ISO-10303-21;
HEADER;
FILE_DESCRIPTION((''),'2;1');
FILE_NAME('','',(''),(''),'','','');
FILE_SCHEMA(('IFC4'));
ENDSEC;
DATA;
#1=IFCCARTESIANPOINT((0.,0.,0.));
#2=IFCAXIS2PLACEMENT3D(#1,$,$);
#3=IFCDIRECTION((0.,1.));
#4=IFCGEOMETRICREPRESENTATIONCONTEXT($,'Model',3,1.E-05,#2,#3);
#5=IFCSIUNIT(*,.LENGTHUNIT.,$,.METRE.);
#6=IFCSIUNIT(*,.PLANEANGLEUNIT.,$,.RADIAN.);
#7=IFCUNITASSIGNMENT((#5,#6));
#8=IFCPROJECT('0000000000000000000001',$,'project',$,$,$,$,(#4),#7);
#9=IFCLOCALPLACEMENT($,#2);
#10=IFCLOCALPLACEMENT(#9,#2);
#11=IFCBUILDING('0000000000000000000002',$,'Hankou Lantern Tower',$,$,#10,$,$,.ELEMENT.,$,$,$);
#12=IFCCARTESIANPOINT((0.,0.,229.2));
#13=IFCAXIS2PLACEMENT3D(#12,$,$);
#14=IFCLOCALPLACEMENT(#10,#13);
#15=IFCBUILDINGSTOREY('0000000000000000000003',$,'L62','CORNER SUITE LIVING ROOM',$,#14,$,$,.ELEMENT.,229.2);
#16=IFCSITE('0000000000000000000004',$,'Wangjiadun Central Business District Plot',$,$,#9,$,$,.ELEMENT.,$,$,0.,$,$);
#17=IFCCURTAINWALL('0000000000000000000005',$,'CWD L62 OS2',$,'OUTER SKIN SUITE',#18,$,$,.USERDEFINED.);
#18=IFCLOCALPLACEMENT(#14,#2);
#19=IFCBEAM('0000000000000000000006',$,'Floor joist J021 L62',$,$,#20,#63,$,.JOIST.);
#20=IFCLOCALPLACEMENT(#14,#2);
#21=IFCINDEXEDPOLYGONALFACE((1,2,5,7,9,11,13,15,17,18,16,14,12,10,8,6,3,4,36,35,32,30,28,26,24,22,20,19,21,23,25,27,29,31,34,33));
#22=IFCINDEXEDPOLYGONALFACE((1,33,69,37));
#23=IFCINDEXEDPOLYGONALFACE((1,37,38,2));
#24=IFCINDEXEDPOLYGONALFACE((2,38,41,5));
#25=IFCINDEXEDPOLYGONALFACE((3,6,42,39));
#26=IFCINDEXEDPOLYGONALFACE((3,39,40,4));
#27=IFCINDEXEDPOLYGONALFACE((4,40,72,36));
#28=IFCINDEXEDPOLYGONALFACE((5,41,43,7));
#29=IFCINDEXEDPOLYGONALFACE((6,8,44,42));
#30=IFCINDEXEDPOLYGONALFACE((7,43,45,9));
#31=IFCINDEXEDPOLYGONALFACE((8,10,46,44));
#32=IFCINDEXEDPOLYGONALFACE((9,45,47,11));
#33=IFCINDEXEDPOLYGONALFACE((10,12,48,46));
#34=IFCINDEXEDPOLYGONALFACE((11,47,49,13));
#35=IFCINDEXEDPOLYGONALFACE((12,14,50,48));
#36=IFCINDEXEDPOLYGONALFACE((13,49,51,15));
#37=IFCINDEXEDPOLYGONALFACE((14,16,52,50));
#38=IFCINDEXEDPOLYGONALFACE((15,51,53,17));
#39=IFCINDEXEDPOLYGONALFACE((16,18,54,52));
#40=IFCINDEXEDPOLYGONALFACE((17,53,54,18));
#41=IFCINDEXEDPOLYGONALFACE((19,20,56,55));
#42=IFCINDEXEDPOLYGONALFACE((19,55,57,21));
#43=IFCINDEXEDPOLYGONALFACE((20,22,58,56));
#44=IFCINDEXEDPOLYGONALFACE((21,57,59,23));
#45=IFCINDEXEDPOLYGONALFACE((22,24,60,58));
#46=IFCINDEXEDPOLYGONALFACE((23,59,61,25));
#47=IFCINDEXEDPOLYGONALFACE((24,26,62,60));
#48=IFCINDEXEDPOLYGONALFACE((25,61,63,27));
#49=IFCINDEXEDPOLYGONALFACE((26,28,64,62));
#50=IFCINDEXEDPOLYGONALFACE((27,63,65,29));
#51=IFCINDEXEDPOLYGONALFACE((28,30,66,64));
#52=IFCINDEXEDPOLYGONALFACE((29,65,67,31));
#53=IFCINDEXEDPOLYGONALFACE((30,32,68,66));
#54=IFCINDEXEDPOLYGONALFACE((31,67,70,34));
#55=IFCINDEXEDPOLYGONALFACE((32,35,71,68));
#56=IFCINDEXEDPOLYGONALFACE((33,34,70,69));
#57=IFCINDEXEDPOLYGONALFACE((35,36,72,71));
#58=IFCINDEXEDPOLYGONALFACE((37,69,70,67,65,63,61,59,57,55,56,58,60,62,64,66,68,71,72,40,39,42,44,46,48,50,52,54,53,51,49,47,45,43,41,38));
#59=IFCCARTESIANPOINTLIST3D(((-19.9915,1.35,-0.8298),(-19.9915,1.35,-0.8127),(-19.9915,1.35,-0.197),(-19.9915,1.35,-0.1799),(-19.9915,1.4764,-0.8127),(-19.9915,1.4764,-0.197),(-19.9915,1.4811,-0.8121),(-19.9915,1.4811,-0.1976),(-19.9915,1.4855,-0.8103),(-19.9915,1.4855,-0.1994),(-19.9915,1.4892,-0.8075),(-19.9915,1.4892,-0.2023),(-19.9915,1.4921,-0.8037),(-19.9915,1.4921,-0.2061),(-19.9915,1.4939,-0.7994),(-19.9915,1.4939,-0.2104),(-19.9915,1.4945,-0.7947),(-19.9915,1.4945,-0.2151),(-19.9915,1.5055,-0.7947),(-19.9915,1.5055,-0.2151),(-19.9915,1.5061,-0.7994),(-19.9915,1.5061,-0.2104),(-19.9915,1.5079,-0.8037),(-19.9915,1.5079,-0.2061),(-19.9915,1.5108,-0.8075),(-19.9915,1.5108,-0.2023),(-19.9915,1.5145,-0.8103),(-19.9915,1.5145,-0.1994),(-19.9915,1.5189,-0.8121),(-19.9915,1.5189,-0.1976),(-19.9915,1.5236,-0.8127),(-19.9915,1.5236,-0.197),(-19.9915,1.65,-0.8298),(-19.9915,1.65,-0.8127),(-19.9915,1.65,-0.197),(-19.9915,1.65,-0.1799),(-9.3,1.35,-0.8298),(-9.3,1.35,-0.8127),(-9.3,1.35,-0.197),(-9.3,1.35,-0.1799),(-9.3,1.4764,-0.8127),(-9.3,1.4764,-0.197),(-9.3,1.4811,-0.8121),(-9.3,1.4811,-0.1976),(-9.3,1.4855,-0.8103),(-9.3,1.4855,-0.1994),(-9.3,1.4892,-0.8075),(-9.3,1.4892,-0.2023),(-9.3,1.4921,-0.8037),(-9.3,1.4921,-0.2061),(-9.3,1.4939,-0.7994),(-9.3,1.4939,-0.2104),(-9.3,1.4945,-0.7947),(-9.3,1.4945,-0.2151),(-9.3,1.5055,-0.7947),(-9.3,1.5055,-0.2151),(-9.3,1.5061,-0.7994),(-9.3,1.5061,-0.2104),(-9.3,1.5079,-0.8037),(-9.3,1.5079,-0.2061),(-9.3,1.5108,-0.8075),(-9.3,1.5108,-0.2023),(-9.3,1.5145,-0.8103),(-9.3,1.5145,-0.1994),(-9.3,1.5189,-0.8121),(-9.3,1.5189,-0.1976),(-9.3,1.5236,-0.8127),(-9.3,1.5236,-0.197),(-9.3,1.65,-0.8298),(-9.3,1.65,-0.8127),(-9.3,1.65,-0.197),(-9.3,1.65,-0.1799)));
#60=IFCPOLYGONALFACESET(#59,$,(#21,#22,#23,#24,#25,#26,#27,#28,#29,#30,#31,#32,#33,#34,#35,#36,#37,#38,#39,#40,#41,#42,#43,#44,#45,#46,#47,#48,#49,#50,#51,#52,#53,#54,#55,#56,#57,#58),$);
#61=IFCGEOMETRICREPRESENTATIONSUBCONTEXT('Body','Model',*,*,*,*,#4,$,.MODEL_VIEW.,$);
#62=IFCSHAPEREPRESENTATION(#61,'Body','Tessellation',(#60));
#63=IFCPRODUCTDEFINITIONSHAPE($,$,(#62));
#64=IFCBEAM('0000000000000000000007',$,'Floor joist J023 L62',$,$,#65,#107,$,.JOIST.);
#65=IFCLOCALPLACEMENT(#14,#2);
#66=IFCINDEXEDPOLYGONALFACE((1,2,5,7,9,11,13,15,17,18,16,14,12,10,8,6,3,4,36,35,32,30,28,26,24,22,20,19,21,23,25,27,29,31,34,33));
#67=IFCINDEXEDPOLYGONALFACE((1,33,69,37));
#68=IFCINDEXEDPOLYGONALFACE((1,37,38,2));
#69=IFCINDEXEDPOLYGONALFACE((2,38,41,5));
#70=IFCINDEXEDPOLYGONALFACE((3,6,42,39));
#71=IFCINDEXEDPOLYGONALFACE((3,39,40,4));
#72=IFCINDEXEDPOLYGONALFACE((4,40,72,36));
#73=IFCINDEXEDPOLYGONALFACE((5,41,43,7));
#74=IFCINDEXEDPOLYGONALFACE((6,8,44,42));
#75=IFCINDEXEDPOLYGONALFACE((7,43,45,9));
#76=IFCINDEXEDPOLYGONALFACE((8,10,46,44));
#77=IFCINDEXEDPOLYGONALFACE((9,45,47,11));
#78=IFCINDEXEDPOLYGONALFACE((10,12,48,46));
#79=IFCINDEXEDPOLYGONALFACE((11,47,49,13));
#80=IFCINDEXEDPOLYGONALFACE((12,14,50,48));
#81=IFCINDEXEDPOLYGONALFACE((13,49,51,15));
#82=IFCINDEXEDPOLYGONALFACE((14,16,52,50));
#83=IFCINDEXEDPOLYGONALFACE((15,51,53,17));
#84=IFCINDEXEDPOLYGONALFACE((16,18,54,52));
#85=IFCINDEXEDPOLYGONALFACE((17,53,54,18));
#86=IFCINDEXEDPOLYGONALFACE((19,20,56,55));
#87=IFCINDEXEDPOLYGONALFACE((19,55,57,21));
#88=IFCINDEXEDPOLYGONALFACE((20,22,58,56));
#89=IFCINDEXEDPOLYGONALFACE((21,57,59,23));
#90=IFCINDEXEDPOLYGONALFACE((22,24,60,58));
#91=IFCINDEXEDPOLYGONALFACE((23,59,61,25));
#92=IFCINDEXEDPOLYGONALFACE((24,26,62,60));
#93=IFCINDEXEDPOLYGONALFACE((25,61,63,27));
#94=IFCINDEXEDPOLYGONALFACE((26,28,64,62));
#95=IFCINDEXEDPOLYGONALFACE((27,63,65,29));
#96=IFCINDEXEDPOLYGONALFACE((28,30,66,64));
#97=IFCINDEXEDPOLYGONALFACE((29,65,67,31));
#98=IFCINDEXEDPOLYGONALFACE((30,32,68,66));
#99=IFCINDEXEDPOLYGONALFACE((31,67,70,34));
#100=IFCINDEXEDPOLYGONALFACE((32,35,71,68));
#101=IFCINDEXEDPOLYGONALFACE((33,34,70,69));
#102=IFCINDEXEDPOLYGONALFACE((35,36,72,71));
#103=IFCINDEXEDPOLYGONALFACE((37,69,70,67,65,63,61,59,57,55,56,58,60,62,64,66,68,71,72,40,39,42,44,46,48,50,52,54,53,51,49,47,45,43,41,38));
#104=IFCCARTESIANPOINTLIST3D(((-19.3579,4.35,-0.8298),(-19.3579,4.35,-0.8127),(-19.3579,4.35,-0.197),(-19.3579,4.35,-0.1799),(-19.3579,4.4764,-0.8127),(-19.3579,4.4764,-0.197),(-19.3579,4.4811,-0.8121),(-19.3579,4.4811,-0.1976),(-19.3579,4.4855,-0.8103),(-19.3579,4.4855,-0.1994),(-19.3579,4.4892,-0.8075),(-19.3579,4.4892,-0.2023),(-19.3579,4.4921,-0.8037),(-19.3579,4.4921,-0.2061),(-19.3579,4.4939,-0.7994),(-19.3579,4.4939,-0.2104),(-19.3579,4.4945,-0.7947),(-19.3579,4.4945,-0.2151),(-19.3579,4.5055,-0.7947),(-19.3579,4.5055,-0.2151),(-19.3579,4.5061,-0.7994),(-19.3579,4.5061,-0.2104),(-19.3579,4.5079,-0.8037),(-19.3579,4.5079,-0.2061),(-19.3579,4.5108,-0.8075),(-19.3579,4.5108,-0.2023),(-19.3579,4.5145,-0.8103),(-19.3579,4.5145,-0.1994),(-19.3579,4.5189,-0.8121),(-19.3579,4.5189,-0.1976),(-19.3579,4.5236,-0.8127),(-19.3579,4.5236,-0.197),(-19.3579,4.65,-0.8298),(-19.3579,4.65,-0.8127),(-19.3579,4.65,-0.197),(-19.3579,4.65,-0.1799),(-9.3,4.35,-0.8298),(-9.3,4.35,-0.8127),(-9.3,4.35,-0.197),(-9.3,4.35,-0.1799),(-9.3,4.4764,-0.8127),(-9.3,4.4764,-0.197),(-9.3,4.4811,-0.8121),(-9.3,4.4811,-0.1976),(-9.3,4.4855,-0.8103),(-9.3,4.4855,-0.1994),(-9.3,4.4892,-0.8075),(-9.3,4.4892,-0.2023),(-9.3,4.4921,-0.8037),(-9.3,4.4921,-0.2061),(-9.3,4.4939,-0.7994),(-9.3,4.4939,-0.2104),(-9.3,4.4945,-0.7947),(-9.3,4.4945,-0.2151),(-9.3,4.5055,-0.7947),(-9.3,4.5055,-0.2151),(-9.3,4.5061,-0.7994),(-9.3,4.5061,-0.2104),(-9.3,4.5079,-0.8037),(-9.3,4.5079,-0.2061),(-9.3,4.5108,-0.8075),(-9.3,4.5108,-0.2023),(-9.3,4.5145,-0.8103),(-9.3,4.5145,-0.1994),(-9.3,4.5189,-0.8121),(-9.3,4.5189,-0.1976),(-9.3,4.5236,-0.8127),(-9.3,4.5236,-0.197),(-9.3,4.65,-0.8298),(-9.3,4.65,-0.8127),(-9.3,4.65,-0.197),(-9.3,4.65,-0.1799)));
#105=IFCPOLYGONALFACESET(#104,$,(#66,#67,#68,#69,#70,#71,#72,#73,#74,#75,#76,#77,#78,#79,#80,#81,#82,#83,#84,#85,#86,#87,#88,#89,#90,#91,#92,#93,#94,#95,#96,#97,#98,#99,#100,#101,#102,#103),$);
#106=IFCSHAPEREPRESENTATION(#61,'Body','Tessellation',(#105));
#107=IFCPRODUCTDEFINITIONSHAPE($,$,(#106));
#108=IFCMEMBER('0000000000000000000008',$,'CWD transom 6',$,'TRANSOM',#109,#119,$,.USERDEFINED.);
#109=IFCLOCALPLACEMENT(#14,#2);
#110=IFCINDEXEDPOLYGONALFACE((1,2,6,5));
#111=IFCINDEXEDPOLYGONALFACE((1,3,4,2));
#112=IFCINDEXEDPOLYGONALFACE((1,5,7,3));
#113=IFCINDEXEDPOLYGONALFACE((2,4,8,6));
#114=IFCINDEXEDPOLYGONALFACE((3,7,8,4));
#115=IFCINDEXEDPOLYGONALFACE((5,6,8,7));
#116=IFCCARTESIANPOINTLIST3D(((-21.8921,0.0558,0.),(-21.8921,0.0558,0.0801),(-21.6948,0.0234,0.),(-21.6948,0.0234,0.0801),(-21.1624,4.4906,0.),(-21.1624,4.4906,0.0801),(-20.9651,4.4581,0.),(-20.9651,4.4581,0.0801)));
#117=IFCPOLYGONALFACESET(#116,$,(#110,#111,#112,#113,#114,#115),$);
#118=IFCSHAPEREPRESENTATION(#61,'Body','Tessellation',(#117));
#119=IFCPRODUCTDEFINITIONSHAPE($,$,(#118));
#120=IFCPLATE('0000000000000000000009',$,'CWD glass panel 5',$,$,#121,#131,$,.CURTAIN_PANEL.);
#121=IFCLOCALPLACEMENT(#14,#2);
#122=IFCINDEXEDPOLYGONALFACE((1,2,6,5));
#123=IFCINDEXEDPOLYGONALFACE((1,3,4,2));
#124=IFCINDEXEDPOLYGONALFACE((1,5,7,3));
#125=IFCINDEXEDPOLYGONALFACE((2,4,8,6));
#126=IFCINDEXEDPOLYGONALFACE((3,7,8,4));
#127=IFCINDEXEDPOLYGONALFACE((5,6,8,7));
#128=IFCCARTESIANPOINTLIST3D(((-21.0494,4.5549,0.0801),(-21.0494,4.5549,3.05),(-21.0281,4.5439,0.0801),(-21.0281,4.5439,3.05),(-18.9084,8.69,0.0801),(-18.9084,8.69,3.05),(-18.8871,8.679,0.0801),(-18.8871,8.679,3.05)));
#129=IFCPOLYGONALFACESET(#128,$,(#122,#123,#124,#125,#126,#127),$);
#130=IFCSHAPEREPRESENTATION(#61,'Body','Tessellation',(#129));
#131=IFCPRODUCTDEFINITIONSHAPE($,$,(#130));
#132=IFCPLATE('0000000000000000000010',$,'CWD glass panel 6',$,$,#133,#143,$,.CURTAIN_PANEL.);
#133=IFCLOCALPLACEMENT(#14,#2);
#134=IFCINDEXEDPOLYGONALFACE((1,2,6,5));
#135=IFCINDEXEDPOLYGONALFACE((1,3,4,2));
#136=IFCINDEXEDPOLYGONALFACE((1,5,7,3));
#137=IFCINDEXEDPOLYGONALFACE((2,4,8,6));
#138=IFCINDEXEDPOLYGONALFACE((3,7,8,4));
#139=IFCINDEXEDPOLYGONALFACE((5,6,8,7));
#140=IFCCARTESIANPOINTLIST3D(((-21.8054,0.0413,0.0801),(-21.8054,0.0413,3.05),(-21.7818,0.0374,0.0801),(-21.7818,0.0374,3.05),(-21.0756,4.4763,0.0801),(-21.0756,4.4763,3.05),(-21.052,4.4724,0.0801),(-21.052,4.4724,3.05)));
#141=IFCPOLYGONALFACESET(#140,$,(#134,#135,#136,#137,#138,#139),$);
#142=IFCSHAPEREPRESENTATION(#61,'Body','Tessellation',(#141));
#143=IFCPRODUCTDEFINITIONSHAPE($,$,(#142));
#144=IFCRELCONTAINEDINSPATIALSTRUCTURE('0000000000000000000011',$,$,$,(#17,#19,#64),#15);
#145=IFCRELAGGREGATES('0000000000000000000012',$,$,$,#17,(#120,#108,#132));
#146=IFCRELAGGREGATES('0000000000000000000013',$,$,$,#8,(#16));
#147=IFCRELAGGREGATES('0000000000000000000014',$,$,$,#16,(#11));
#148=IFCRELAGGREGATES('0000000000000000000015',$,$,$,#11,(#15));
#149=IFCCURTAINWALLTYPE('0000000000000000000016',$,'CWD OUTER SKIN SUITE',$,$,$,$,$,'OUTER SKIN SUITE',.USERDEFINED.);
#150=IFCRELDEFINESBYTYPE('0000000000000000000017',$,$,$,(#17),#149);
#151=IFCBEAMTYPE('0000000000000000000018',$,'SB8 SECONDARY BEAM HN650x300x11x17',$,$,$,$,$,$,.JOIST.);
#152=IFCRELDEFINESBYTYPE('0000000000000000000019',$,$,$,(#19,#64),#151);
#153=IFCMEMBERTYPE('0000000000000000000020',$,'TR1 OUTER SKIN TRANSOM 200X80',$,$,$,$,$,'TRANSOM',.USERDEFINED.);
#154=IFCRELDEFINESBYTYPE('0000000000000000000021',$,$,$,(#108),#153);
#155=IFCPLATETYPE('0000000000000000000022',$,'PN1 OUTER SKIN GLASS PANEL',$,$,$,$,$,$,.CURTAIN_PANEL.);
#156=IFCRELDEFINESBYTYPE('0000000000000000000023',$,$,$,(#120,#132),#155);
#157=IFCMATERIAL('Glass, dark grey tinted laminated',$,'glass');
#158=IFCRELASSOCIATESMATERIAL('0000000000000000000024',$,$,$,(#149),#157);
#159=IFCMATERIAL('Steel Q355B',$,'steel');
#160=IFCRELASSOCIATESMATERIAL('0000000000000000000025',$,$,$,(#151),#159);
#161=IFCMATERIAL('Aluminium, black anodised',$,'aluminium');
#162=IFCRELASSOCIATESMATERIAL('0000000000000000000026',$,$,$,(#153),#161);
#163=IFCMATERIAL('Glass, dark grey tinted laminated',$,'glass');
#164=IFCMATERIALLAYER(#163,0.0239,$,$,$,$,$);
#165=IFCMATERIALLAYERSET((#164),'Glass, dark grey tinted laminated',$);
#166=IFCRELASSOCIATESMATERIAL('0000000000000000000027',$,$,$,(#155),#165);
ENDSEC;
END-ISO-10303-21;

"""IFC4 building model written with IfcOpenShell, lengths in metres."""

from ifc_helpers import new_model, si_unit, direction, frame, origin, origin_2d, place, context, subcontext, project, spatial, rectangle, i_section, extrude, material, layer, layer_set, material_profile, profile_set, type_object, element, aggregate, save


model = new_model("IFC4")

# Units and contexts
model_context = context("Model", 3, precision=1e-05, world=origin(), true_north=direction((0.0, 1.0)))
body_context = subcontext(model_context, "Body", "Model", "MODEL_VIEW")
ifc_project = project(units=[si_unit("LENGTHUNIT", "METRE"), si_unit("PLANEANGLEUNIT", "RADIAN")], contexts=[model_context])

# Site, building, storey
site_placement = place(None, origin())
site = spatial("IfcSite", under=ifc_project, at=site_placement, Name="Wangjiadun Central Business District Plot", CompositionType="ELEMENT", RefElevation=0.0)
building_placement = place(site_placement, origin())
building = spatial("IfcBuilding", under=site, at=building_placement, Name="Hankou Lantern Tower", CompositionType="ELEMENT")
storey_placement = place(building_placement, frame((0.0, 0.0, 229.2)))
storey = spatial("IfcBuildingStorey", under=building, at=storey_placement, Name="L62", Description="CORNER SUITE LIVING ROOM", CompositionType="ELEMENT", Elevation=229.2)

# Curtain wall
ifc_material_1 = material(Name="Glass, dark grey tinted laminated", Category="glass")
curtain_wall_type = type_object("IfcCurtainWallType", Name="CWD OUTER SKIN SUITE", ElementType="OUTER SKIN SUITE", PredefinedType="USERDEFINED", material=ifc_material_1)
curtain_wall_placement = place(storey_placement, origin())
curtain_wall = element("IfcCurtainWall", 1, at=curtain_wall_placement, inside=storey, type_object=curtain_wall_type, Name="CWD L62 OS2", ObjectType="OUTER SKIN SUITE", PredefinedType="USERDEFINED")

# Beams
ifc_material_2 = material(Name="Steel Q355B", Category="steel")
ifc_material_profile_1 = material_profile(ifc_material_2, i_section(OverallWidth=0.3, OverallDepth=0.6499, WebThickness=0.011, FlangeThickness=0.0171, FilletRadius=0.0181, at=origin_2d()), Name="HN650x300x11x17")
ifc_profile_set_1 = profile_set([ifc_material_profile_1], Name="Steel Q355B")
beam_type_1 = type_object("IfcBeamType", Name="SB8 SECONDARY BEAM HN650x300x11x17", PredefinedType="JOIST", material=ifc_profile_set_1)
beam_1_placement = place(storey_placement, frame((-19.9915, 1.5, -0.5049), z_axis=(1.0, 0.0, 0.0), x_axis=(0.0, 1.0, 0.0)))
element("IfcBeam", 2, at=beam_1_placement, inside=storey, type_object=beam_type_1, Name="Floor joist J021 L62", PredefinedType="JOIST", context=body_context, shape_type="SweptSolid", body=[
    extrude(i_section(OverallWidth=0.3, OverallDepth=0.6499, WebThickness=0.011, FlangeThickness=0.0171, FilletRadius=0.0181, at=origin_2d()), origin(), (0.0, 0.0, 1.0), 10.6914),
])
beam_2_placement = place(storey_placement, frame((-19.3579, 4.5, -0.5049), z_axis=(1.0, 0.0, 0.0), x_axis=(0.0, 1.0, 0.0)))
element("IfcBeam", 3, at=beam_2_placement, inside=storey, type_object=beam_type_1, Name="Floor joist J023 L62", PredefinedType="JOIST", context=body_context, shape_type="SweptSolid", body=[
    extrude(i_section(OverallWidth=0.3, OverallDepth=0.6499, WebThickness=0.011, FlangeThickness=0.0171, FilletRadius=0.0181, at=origin_2d()), origin(), (0.0, 0.0, 1.0), 10.0579),
])

# Member
ifc_material_3 = material(Name="Aluminium, black anodised", Category="aluminium")
ifc_material_profile_2 = material_profile(ifc_material_3, rectangle(XDim=0.2, YDim=0.0801, at=origin_2d()), Name="TR1 200X80")
ifc_profile_set_2 = profile_set([ifc_material_profile_2], Name="Aluminium, black anodised")
member_type_1 = type_object("IfcMemberType", Name="TR1 OUTER SKIN TRANSOM 200X80", ElementType="TRANSOM", PredefinedType="USERDEFINED", material=ifc_profile_set_2)
member_1_placement = place(storey_placement, frame((-21.0637, 4.4744, 0.04), z_axis=(-0.162364, -0.986731, 0.0), x_axis=(0.986731, -0.162364, 0.0)))
member_1 = element("IfcMember", 4, at=member_1_placement, type_object=member_type_1, Name="CWD transom 6", ObjectType="TRANSOM", PredefinedType="USERDEFINED", context=body_context, shape_type="SweptSolid", body=[
    extrude(rectangle(XDim=0.2, YDim=0.0801, at=origin_2d()), origin(), (0.0, 0.0, 1.0), 4.4944),
])

# Plates
ifc_material_4 = material(Name="Glass, dark grey tinted laminated", Category="glass")
ifc_layer_1 = layer(ifc_material_4, 0.0239)
ifc_layer_set_1 = layer_set([ifc_layer_1], Name="Glass, dark grey tinted laminated")
plate_type = type_object("IfcPlateType", Name="PN1 OUTER SKIN GLASS PANEL", PredefinedType="CURTAIN_PANEL", material=ifc_layer_set_1)
plate_1_placement = place(storey_placement, frame((-19.9683, 6.6169, 0.0801), z_axis=(0.0, 0.0, 1.0), x_axis=(-0.459791, -0.888027, 0.0)))
plate_1 = element("IfcPlate", 5, at=plate_1_placement, type_object=plate_type, Name="CWD glass panel 5", PredefinedType="CURTAIN_PANEL", context=body_context, shape_type="SweptSolid", body=[
    extrude(rectangle(XDim=4.6565, YDim=0.0239, at=origin_2d()), origin(), (0.0, 0.0, 1.0), 2.97),
])
plate_2_placement = place(storey_placement, frame((-21.4287, 2.2568, 0.0801), z_axis=(0.0, 0.0, 1.0), x_axis=(-0.162382, -0.986728, 0.0)))
plate_2 = element("IfcPlate", 6, at=plate_2_placement, type_object=plate_type, Name="CWD glass panel 6", PredefinedType="CURTAIN_PANEL", context=body_context, shape_type="SweptSolid", body=[
    extrude(rectangle(XDim=4.4946, YDim=0.0239, at=origin_2d()), origin(), (0.0, 0.0, 1.0), 2.97),
])
aggregate(curtain_wall, [plate_1, member_1, plate_2])

save(model, "model.ifc")
